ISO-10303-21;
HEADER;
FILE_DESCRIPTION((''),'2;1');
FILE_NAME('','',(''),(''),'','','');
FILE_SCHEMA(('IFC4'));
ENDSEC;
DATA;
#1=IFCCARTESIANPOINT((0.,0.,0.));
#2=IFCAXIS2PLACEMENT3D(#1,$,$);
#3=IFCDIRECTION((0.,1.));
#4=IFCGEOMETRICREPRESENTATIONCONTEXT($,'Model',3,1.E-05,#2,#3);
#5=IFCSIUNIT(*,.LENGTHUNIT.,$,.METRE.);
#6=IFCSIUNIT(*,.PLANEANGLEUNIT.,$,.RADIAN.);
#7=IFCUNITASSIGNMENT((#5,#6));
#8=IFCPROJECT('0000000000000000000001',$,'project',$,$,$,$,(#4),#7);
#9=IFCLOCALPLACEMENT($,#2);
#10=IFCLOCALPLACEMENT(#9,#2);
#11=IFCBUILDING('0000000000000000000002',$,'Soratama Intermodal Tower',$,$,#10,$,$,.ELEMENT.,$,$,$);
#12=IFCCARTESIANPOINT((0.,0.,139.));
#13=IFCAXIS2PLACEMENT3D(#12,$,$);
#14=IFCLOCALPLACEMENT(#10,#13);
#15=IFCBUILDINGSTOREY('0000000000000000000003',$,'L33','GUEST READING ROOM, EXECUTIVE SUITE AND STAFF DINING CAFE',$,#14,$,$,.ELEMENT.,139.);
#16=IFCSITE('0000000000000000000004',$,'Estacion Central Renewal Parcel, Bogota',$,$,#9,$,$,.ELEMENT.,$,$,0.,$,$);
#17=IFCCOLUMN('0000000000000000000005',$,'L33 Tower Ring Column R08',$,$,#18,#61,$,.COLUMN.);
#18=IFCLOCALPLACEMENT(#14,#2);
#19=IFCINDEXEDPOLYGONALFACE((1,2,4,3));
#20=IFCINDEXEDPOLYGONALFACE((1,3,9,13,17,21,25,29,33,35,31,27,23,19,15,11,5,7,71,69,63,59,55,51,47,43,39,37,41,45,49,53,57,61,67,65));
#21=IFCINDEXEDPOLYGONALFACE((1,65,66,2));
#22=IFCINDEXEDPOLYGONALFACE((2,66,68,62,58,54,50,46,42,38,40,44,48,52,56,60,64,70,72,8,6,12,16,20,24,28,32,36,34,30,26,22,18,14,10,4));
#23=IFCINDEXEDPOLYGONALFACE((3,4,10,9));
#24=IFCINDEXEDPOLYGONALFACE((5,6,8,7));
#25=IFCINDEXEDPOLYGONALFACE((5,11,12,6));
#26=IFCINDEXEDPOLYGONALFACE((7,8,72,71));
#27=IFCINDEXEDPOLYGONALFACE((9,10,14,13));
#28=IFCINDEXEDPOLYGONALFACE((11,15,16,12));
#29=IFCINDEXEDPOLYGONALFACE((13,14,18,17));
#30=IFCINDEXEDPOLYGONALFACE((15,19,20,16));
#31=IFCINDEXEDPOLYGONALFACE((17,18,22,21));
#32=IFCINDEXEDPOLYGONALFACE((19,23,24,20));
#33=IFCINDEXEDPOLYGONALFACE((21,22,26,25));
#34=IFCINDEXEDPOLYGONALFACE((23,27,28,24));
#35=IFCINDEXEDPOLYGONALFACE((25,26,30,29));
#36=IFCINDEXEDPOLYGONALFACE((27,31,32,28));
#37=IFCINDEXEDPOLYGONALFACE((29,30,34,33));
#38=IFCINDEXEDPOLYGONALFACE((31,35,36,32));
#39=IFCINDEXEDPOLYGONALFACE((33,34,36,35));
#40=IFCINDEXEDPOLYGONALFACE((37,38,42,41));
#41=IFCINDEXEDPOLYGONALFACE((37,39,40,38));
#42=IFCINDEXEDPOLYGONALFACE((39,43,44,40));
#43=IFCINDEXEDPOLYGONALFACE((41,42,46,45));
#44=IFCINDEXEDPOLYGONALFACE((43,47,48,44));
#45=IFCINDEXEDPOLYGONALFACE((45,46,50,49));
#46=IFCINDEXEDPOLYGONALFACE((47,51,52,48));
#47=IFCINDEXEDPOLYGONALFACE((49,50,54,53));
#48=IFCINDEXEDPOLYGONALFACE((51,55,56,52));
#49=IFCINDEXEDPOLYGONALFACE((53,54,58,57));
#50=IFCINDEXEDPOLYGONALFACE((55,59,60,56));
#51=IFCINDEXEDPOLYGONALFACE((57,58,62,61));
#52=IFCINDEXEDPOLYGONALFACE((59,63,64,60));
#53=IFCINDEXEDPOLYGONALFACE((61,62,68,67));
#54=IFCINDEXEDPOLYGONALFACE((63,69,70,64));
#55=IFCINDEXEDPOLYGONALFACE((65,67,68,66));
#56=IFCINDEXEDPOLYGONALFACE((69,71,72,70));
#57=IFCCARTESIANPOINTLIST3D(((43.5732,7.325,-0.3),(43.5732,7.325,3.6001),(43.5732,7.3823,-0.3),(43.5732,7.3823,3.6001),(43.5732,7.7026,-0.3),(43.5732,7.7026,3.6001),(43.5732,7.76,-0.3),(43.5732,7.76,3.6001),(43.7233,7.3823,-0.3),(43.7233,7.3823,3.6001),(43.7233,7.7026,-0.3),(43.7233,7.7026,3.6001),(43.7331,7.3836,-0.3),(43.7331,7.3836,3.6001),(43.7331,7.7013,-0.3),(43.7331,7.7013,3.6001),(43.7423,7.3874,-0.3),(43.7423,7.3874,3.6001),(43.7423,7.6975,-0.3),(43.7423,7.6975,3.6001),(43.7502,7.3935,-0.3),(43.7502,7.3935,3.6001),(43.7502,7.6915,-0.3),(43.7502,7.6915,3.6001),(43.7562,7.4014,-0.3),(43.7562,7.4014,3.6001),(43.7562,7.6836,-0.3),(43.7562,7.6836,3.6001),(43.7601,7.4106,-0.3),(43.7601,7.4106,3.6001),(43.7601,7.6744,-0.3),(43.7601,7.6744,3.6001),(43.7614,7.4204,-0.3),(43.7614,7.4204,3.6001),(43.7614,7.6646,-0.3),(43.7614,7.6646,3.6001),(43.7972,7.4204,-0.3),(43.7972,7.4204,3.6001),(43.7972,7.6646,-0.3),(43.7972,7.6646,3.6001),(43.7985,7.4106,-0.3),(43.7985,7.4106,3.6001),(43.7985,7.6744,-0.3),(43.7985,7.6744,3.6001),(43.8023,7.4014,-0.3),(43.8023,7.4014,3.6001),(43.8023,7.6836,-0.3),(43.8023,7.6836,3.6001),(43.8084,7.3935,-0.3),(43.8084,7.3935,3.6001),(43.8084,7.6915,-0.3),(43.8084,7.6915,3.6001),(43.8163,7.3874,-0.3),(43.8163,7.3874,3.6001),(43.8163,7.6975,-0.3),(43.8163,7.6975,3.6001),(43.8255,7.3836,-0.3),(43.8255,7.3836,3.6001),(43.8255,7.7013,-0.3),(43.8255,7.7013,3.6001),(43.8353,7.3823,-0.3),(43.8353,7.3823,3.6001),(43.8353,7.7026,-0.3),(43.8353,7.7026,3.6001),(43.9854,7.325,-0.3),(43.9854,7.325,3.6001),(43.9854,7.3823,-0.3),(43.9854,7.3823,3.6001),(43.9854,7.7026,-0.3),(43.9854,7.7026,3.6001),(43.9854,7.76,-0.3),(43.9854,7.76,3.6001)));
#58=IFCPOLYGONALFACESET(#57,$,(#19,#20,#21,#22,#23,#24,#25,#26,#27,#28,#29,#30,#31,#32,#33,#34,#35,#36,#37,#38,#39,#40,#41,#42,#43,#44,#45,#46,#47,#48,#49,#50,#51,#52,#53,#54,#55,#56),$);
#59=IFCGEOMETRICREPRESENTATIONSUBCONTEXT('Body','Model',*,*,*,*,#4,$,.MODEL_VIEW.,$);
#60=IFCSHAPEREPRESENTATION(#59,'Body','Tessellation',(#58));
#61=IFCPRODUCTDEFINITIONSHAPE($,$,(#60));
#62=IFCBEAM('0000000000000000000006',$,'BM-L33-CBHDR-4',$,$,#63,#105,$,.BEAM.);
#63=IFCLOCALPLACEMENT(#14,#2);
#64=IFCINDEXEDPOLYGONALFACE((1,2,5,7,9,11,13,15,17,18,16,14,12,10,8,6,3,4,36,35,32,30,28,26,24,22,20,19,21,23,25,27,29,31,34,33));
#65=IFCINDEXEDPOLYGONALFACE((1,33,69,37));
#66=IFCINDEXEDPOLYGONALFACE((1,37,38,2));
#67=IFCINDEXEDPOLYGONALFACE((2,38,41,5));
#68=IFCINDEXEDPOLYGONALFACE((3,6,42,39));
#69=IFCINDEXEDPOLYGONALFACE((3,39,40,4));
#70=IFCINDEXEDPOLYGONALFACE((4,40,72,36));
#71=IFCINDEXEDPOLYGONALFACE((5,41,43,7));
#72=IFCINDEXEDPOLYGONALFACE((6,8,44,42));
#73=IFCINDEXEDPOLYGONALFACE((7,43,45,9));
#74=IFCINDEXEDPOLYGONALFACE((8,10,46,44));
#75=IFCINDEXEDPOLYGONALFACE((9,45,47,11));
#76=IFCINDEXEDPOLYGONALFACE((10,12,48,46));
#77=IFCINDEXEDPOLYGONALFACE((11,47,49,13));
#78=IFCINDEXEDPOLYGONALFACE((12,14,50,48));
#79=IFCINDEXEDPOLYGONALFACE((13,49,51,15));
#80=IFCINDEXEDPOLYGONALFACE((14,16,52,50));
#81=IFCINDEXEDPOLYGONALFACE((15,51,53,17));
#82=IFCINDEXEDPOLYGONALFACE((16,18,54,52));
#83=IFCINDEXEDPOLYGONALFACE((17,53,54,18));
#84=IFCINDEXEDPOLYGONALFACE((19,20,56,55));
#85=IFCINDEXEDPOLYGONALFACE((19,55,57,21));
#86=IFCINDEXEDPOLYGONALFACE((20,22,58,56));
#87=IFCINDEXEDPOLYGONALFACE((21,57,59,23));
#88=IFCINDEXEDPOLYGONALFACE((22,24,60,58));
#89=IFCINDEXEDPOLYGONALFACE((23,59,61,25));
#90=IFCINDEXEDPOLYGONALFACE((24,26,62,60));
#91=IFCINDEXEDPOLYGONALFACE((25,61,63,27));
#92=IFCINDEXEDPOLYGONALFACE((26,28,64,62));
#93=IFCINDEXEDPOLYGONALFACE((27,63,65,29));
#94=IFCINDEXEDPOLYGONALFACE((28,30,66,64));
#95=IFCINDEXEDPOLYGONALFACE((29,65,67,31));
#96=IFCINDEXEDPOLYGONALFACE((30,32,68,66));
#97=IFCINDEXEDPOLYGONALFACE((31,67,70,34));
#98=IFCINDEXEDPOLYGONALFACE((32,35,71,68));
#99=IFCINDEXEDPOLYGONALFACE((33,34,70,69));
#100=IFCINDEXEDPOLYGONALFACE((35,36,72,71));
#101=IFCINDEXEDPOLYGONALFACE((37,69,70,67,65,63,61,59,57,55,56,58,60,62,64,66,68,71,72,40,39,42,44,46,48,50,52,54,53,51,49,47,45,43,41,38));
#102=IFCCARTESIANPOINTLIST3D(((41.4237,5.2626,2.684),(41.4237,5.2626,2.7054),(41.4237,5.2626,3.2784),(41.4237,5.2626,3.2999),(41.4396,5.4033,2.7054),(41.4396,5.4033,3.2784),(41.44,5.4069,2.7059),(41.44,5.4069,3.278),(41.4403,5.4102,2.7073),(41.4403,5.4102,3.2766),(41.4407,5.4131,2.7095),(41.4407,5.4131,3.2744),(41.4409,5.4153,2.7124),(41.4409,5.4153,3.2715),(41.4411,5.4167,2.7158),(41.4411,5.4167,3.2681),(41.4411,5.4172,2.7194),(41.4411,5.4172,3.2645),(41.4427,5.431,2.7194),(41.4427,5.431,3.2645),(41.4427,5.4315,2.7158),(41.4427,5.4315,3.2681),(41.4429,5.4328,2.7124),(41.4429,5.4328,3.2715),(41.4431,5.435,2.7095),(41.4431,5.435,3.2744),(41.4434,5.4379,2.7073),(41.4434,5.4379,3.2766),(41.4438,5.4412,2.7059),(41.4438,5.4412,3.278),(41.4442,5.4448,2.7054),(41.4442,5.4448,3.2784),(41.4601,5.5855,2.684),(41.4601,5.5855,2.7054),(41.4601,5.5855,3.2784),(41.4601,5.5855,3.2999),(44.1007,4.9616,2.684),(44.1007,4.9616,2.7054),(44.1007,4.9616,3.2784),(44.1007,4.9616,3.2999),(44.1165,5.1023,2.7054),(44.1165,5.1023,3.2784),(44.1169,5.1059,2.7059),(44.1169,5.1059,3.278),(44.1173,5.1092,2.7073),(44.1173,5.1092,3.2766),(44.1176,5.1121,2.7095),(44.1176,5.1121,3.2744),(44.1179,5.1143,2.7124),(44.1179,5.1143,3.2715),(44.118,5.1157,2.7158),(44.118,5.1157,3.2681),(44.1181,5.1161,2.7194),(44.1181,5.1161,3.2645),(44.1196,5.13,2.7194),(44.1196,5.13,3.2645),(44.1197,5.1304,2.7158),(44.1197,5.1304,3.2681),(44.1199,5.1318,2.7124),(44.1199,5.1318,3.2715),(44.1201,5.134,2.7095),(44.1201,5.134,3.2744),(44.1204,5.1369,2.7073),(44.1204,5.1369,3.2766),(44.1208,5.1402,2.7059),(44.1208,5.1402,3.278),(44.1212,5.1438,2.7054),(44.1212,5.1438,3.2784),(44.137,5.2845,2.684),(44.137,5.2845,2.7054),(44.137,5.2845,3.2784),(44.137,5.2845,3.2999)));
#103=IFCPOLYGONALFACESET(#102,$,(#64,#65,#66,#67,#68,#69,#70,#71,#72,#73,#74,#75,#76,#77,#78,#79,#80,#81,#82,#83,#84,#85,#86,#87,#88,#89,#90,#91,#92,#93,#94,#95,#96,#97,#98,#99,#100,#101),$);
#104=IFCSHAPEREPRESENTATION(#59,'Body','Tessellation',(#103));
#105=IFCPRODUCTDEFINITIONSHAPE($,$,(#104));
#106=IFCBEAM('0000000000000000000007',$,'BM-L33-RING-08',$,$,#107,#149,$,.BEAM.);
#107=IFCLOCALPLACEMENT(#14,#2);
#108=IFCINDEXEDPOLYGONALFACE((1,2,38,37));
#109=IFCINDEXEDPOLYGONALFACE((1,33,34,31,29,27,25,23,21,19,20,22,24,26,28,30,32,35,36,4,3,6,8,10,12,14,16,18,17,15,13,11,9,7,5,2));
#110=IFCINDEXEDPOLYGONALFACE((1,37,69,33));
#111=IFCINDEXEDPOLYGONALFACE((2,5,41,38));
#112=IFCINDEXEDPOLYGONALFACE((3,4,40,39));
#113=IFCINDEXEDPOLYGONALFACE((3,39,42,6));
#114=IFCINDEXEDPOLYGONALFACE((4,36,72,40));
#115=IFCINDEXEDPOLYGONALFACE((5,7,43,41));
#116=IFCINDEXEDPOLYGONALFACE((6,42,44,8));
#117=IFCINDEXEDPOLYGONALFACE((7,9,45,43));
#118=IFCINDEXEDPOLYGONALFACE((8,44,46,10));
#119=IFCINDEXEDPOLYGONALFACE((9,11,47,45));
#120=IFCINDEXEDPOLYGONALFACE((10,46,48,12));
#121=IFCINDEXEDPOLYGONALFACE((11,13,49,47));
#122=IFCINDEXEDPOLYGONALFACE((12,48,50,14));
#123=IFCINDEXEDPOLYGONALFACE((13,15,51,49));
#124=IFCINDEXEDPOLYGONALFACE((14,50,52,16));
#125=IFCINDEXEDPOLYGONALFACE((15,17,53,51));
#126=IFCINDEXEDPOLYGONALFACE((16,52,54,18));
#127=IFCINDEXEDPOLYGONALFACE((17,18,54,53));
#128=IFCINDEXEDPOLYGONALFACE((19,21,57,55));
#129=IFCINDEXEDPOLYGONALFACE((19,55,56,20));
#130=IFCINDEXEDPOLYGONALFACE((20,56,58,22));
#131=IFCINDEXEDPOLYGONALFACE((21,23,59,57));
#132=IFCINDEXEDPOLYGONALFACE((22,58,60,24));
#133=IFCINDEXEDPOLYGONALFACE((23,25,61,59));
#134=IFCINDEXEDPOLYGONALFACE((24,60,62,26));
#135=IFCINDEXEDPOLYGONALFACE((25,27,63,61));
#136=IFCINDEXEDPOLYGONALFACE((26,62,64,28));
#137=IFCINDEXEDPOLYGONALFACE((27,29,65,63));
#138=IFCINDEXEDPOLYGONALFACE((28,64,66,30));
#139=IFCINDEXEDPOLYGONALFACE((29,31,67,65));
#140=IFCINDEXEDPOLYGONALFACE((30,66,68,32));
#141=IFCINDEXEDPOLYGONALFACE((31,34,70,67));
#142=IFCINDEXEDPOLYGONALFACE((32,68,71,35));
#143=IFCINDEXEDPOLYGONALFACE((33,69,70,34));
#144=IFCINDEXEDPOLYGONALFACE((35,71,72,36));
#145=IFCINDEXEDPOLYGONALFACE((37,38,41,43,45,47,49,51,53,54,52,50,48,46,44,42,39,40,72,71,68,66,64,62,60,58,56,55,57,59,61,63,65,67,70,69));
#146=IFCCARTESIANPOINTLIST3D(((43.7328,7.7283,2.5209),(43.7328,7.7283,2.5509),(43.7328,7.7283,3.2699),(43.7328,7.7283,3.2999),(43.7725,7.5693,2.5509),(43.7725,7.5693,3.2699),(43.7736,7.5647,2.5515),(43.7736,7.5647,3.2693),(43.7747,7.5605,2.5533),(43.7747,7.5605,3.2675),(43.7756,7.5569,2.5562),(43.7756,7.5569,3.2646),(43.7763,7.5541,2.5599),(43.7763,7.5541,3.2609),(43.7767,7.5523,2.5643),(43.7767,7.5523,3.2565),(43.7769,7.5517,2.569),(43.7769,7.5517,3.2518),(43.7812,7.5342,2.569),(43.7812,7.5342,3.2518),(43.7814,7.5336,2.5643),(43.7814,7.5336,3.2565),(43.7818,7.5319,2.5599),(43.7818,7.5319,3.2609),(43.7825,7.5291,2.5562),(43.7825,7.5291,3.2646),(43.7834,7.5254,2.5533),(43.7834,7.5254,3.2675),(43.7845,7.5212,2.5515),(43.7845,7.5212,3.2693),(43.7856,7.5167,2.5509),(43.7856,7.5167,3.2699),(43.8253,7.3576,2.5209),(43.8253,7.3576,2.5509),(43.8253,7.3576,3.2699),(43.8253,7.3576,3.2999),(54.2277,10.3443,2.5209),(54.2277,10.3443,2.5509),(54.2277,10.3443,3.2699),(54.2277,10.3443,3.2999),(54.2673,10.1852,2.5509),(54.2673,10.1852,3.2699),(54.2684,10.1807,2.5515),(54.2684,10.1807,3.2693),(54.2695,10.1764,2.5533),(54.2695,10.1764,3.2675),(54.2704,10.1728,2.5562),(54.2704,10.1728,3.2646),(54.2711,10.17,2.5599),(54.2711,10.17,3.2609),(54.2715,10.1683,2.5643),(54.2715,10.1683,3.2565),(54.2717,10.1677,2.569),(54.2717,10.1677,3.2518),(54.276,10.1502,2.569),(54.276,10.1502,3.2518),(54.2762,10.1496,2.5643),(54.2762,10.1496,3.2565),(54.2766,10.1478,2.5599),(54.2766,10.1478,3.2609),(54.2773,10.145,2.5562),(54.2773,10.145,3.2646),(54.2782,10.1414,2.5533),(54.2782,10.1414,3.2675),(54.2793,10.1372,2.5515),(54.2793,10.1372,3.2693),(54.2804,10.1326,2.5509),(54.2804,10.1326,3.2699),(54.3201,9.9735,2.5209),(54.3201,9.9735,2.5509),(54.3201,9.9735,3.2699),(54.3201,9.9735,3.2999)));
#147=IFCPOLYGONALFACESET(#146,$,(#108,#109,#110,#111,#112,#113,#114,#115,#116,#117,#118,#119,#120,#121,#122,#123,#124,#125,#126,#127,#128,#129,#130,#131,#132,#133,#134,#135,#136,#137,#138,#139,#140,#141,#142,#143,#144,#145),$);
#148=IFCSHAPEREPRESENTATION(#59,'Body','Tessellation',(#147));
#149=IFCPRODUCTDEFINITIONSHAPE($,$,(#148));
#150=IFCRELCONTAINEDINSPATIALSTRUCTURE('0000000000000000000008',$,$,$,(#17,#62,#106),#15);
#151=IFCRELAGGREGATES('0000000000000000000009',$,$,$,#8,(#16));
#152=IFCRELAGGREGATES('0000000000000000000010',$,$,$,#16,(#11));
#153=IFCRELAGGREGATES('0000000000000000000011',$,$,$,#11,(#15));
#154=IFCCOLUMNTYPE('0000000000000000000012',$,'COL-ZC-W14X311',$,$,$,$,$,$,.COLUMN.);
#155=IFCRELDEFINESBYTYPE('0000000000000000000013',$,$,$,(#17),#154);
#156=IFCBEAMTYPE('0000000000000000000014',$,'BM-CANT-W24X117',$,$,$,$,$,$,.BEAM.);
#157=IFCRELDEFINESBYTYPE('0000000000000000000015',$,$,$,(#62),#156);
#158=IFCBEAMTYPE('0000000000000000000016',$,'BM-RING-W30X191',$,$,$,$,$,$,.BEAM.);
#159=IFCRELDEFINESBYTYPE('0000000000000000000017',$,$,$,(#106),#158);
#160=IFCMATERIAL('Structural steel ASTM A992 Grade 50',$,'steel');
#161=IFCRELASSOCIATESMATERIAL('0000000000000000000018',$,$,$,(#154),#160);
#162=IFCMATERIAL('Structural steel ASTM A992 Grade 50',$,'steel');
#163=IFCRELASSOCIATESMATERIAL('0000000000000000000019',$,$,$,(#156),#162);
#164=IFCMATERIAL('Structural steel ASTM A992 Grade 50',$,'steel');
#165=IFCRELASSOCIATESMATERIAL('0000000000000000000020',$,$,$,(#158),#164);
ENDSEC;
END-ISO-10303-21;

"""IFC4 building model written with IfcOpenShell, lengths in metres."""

from ifc_helpers import new_model, si_unit, direction, frame, origin, origin_2d, place, context, subcontext, project, spatial, i_section, extrude, material, material_profile, profile_set, type_object, element, save


model = new_model("IFC4")

# Units and contexts
model_context = context("Model", 3, precision=1e-05, world=origin(), true_north=direction((0.0, 1.0)))
body_context = subcontext(model_context, "Body", "Model", "MODEL_VIEW")
ifc_project = project(units=[si_unit("LENGTHUNIT", "METRE"), si_unit("PLANEANGLEUNIT", "RADIAN")], contexts=[model_context])

# Site, building, storey
site_placement = place(None, origin())
site = spatial("IfcSite", under=ifc_project, at=site_placement, Name="Estacion Central Renewal Parcel, Bogota", CompositionType="ELEMENT", RefElevation=0.0)
building_placement = place(site_placement, origin())
building = spatial("IfcBuilding", under=site, at=building_placement, Name="Soratama Intermodal Tower", CompositionType="ELEMENT")
storey_placement = place(building_placement, frame((0.0, 0.0, 139.0)))
storey = spatial("IfcBuildingStorey", under=building, at=storey_placement, Name="L33", Description="GUEST READING ROOM, EXECUTIVE SUITE AND STAFF DINING CAFE", CompositionType="ELEMENT", Elevation=139.0)

# Column
ifc_material_1 = material(Name="Structural steel ASTM A992 Grade 50", Category="steel")
ifc_material_profile_1 = material_profile(ifc_material_1, i_section(OverallWidth=0.4121, OverallDepth=0.4351, WebThickness=0.0359, FlangeThickness=0.0574, FilletRadius=0.0381, at=origin_2d()), Name="W14X311")
ifc_profile_set_1 = profile_set([ifc_material_profile_1], Name="Structural steel ASTM A992 Grade 50")
column_type = type_object("IfcColumnType", Name="COL-ZC-W14X311", PredefinedType="COLUMN", material=ifc_profile_set_1)
column_placement = place(storey_placement, frame((43.7793, 7.5425, -0.3), z_axis=(0.0, 0.0, 1.0), x_axis=(1.0, 0.0, 0.0)))
element("IfcColumn", 1, at=column_placement, inside=storey, type_object=column_type, Name="L33 Tower Ring Column R08", PredefinedType="COLUMN", context=body_context, shape_type="SweptSolid", body=[
    extrude(i_section(OverallWidth=0.4121, OverallDepth=0.4351, WebThickness=0.0359, FlangeThickness=0.0574, FilletRadius=0.0381, at=origin_2d()), origin(), (0.0, 0.0, 1.0), 3.9001),
])

# Beams
ifc_material_2 = material(Name="Structural steel ASTM A992 Grade 50", Category="steel")
ifc_material_profile_2 = material_profile(ifc_material_2, i_section(OverallWidth=0.325, OverallDepth=0.616, WebThickness=0.0139, FlangeThickness=0.0215, FilletRadius=0.0139, at=origin_2d()), Name="W24X117")
ifc_profile_set_2 = profile_set([ifc_material_profile_2], Name="Structural steel ASTM A992 Grade 50")
beam_type_1 = type_object("IfcBeamType", Name="BM-CANT-W24X117", PredefinedType="BEAM", material=ifc_profile_set_2)
beam_1_placement = place(storey_placement, frame((41.4419, 5.4241, 2.9919), z_axis=(0.993737, -0.111744, 0.0), x_axis=(0.111744, 0.993737, 0.0)))
element("IfcBeam", 2, at=beam_1_placement, inside=storey, type_object=beam_type_1, Name="BM-L33-CBHDR-4", PredefinedType="BEAM", context=body_context, shape_type="SweptSolid", body=[
    extrude(i_section(OverallWidth=0.325, OverallDepth=0.616, WebThickness=0.0139, FlangeThickness=0.0215, FilletRadius=0.0139, at=origin_2d()), origin(), (0.0, 0.0, 1.0), 2.6938),
])
ifc_material_3 = material(Name="Structural steel ASTM A992 Grade 50", Category="steel")
ifc_material_profile_3 = material_profile(ifc_material_3, i_section(OverallWidth=0.3821, OverallDepth=0.7791, WebThickness=0.0181, FlangeThickness=0.03, FilletRadius=0.0181, at=origin_2d()), Name="W30X191")
ifc_profile_set_3 = profile_set([ifc_material_profile_3], Name="Structural steel ASTM A992 Grade 50")
beam_type_2 = type_object("IfcBeamType", Name="BM-RING-W30X191", PredefinedType="BEAM", material=ifc_profile_set_3)
beam_2_placement = place(storey_placement, frame((43.7791, 7.543, 2.9104), z_axis=(0.970311, 0.241861, 0.0), x_axis=(-0.241861, 0.970311, 0.0)))
element("IfcBeam", 3, at=beam_2_placement, inside=storey, type_object=beam_type_2, Name="BM-L33-RING-08", PredefinedType="BEAM", context=body_context, shape_type="SweptSolid", body=[
    extrude(i_section(OverallWidth=0.3821, OverallDepth=0.7791, WebThickness=0.0181, FlangeThickness=0.03, FilletRadius=0.0181, at=origin_2d()), origin(), (0.0, 0.0, 1.0), 10.8159),
])

save(model, "model.ifc")
